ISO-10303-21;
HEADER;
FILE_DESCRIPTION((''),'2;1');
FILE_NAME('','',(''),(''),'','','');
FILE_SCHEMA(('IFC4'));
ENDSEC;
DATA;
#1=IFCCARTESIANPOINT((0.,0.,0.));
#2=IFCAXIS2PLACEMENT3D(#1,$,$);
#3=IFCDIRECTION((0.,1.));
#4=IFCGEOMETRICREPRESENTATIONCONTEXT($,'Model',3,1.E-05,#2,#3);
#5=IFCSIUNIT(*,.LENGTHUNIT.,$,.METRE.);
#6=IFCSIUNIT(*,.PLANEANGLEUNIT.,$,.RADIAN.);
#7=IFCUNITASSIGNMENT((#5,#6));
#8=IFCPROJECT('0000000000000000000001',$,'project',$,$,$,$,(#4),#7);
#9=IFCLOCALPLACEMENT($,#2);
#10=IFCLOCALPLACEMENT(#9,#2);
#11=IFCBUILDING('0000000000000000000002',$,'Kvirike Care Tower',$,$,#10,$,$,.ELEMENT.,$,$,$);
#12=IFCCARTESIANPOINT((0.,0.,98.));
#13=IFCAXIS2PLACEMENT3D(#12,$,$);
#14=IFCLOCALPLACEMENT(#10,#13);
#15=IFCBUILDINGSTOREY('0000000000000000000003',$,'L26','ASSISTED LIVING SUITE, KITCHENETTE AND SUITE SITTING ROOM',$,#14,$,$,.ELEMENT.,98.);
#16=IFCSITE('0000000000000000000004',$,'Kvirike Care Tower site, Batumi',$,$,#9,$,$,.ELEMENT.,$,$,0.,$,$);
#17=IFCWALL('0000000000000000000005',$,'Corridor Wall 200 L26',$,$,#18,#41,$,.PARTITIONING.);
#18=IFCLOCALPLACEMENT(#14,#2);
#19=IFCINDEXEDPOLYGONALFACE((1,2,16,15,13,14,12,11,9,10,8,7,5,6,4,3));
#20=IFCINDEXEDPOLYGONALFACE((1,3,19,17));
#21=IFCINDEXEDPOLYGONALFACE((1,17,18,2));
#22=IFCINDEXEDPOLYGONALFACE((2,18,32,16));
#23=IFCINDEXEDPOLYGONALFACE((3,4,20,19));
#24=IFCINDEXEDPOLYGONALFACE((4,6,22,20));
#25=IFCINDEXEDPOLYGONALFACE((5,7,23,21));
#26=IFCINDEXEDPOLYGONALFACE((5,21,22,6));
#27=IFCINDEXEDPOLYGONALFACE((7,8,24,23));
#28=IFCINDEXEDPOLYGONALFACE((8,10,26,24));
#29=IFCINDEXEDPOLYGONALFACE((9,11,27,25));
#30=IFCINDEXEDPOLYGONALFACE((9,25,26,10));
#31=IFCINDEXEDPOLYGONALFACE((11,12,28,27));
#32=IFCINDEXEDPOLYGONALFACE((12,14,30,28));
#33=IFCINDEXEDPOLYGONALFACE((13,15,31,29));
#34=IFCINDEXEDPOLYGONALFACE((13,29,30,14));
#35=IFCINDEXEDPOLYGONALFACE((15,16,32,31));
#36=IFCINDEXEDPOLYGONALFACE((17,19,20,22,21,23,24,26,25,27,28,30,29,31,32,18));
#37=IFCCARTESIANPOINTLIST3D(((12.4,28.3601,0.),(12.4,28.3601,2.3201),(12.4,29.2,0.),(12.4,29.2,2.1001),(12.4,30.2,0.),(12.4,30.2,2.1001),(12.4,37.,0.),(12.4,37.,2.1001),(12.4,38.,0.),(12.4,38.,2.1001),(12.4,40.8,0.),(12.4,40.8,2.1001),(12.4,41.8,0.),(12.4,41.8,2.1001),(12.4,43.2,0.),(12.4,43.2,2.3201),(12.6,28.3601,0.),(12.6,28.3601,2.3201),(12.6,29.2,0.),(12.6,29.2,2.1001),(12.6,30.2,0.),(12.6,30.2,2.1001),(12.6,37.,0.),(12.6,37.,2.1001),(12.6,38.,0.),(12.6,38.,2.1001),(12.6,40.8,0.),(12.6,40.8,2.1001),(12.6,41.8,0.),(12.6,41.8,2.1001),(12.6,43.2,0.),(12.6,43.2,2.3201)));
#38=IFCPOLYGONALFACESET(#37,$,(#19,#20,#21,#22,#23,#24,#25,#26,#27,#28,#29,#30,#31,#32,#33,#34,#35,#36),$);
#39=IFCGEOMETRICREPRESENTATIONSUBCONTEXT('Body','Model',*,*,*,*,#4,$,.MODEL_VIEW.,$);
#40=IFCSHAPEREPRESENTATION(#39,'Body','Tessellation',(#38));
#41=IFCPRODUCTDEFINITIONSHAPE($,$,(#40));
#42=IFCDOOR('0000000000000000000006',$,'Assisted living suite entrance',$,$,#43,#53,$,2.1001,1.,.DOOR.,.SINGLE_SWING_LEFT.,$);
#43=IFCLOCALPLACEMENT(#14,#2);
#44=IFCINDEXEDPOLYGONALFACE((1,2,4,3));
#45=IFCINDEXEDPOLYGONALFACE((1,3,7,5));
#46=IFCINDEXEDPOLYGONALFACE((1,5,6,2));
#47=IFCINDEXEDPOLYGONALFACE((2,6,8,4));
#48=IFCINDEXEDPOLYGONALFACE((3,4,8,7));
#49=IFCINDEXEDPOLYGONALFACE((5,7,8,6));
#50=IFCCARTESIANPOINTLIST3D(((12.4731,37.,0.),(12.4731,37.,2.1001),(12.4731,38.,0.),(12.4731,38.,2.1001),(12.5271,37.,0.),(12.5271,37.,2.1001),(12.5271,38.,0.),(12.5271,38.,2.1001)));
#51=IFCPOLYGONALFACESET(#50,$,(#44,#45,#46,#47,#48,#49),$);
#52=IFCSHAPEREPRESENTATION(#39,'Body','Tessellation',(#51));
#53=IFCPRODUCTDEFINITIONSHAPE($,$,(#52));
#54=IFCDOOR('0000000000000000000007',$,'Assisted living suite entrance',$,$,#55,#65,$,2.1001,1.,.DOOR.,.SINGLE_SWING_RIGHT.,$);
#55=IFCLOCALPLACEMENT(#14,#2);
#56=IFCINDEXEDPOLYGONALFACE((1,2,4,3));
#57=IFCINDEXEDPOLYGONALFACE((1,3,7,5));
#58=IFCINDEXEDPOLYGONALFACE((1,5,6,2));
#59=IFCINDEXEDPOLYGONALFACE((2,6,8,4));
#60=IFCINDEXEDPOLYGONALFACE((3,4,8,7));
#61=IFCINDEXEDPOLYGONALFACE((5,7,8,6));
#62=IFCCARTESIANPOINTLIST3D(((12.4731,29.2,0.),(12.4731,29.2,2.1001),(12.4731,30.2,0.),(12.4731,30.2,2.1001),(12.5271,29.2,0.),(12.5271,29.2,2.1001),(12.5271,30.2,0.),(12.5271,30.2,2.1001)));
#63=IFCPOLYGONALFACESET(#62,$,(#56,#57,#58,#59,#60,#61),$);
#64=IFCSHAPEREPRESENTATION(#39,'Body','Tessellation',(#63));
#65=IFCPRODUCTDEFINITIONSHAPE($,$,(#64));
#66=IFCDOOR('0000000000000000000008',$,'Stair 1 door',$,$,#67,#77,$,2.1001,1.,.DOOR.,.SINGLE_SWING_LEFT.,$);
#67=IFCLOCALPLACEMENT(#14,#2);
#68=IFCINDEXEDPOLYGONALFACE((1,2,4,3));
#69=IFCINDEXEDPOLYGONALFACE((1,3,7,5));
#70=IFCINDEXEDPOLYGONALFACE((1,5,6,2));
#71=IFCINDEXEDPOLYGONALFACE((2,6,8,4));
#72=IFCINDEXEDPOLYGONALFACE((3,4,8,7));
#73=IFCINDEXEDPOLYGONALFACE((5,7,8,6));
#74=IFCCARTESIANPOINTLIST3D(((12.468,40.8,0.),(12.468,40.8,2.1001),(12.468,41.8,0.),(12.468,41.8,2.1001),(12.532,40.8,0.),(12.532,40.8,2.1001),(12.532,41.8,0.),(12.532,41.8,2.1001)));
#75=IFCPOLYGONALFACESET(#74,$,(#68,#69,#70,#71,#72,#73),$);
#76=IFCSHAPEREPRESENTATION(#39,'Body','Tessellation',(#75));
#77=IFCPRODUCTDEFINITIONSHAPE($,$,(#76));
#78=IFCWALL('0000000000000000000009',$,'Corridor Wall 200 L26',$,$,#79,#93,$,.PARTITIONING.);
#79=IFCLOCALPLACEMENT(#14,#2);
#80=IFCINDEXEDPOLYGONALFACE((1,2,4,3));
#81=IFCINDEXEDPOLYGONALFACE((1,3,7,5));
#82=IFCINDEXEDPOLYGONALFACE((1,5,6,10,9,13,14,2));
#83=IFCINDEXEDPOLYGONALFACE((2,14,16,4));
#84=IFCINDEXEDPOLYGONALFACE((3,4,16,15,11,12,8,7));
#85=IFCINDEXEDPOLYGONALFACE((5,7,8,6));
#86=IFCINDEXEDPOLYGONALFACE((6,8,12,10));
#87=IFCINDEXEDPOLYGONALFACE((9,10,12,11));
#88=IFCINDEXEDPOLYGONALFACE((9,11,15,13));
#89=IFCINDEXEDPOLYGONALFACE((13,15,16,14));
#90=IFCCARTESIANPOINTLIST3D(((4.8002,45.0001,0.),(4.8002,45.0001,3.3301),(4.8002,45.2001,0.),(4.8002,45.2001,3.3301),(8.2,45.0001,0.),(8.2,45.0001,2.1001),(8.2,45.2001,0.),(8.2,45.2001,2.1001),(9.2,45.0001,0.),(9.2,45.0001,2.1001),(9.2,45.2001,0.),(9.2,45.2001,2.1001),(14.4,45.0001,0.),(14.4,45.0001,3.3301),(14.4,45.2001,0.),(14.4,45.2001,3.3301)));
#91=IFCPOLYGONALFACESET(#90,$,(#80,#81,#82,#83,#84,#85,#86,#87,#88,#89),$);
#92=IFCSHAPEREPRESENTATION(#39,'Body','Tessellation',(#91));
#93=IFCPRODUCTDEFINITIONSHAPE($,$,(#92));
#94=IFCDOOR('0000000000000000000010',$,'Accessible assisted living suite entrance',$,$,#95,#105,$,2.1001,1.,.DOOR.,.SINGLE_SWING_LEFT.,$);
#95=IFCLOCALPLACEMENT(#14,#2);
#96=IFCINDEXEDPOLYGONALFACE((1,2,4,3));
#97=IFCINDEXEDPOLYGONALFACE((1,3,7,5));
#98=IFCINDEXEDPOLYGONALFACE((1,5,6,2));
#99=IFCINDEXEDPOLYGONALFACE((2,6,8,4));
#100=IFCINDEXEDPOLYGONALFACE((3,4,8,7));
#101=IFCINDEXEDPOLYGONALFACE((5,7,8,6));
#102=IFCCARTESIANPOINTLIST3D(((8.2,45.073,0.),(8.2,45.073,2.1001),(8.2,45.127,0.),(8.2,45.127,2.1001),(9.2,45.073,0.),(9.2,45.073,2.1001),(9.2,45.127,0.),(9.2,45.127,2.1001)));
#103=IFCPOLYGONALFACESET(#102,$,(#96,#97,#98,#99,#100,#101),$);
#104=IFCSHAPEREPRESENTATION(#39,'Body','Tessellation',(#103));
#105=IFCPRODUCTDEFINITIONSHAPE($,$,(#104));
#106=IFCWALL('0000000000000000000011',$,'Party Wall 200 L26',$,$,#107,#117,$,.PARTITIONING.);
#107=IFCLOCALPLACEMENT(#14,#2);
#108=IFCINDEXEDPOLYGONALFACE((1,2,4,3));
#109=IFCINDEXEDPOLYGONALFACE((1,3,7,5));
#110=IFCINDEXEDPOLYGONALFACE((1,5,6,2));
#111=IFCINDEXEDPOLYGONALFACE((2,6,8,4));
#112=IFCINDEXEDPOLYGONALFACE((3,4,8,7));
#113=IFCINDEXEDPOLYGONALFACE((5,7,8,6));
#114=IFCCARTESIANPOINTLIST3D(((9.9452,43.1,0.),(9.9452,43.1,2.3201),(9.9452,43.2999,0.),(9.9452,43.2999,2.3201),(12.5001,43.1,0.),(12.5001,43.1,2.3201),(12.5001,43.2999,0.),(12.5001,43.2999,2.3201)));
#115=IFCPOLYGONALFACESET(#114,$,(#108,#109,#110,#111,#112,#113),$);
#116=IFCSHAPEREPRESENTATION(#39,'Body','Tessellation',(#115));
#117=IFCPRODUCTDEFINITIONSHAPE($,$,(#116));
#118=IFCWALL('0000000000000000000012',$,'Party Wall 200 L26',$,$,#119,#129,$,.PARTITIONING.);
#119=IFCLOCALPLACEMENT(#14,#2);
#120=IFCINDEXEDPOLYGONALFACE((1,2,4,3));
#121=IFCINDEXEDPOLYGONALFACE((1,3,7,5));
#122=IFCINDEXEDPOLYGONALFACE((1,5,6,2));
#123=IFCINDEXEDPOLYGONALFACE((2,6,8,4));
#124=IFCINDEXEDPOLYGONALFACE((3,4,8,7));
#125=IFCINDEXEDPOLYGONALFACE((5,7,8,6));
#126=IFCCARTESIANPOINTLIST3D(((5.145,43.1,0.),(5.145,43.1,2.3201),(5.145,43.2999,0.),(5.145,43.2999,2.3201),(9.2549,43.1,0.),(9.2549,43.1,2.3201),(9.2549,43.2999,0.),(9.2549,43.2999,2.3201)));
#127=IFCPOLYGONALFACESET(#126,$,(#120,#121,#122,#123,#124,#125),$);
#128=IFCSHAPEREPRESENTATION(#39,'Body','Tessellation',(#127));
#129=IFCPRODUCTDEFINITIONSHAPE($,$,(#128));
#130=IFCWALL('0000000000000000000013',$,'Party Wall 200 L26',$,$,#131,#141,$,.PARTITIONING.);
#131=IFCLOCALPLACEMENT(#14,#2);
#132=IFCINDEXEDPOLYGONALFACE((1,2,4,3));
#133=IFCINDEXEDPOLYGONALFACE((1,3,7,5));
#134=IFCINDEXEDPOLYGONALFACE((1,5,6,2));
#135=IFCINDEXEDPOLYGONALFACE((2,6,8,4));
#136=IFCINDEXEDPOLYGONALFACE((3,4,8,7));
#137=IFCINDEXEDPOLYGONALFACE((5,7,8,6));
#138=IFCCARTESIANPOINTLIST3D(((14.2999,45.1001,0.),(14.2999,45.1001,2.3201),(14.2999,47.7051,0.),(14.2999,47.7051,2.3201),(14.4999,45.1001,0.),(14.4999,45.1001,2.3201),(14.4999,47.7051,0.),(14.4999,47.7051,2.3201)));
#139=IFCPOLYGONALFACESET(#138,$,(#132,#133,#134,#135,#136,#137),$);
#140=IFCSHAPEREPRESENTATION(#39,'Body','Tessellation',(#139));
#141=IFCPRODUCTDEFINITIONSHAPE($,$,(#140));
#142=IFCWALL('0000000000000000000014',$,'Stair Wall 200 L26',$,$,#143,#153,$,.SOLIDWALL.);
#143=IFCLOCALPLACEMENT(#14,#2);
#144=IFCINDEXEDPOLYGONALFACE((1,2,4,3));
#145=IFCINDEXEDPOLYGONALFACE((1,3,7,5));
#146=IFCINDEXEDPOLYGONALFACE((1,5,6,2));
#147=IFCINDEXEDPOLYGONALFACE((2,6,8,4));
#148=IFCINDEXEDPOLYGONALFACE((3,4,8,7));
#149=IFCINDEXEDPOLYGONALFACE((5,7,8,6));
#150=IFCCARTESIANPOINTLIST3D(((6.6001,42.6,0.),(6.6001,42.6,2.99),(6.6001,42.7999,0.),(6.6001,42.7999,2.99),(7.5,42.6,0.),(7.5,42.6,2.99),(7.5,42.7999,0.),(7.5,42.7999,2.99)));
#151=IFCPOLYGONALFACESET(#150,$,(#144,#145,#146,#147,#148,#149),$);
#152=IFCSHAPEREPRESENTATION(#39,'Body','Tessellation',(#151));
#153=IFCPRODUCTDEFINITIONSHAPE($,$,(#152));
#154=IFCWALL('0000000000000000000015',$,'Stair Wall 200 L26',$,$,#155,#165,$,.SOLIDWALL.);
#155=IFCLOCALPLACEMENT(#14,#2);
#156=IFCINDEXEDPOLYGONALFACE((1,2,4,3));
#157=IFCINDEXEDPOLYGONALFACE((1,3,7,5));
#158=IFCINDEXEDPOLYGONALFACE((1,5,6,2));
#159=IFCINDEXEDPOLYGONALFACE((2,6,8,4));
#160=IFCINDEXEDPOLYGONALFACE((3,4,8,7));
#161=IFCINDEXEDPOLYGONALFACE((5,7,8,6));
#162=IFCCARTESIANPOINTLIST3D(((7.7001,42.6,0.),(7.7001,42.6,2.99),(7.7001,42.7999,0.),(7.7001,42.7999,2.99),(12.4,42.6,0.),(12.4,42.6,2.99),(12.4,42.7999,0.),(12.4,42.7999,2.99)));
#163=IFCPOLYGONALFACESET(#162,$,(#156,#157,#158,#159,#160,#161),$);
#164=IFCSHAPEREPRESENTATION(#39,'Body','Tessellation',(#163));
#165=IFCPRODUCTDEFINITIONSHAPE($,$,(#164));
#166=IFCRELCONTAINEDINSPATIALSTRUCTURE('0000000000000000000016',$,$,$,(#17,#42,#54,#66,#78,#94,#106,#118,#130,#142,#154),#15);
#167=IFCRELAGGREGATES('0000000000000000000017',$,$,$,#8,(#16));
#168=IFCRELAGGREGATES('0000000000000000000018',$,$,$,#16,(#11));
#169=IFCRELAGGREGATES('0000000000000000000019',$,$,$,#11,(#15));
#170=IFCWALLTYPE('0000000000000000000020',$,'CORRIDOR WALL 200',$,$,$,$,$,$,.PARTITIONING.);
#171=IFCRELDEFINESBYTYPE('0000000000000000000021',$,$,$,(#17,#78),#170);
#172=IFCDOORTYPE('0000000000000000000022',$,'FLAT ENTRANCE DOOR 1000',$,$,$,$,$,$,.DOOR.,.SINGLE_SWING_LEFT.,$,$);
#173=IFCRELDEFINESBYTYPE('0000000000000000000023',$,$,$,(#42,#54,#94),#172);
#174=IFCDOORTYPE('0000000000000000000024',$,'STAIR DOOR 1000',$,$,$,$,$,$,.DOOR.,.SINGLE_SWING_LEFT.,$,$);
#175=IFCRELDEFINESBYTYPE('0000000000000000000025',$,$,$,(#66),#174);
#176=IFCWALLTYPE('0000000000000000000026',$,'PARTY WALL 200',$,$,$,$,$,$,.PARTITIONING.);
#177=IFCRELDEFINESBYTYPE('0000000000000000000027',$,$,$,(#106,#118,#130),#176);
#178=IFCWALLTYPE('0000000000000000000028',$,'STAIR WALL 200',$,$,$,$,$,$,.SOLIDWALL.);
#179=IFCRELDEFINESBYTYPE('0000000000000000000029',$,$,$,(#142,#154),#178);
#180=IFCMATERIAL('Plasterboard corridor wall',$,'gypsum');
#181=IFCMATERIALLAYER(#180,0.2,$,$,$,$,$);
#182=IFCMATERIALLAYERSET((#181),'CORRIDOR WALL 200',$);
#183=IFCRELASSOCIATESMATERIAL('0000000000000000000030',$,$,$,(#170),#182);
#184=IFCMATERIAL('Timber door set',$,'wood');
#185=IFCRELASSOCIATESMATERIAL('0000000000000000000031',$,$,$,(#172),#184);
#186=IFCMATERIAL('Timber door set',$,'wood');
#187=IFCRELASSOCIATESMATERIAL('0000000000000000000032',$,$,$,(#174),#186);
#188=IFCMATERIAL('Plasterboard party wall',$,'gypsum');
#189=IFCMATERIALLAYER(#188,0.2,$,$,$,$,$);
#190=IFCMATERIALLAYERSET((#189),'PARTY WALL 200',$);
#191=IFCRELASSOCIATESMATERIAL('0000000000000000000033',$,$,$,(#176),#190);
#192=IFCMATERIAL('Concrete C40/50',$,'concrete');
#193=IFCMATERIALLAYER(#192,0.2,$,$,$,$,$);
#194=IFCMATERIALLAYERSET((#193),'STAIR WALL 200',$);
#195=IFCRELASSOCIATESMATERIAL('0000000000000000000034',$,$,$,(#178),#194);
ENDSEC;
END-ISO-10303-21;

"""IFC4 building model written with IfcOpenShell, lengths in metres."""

from ifc_helpers import new_model, si_unit, direction, frame, frame_2d, origin, place, context, subcontext, project, spatial, rectangle, extrude, material, layer, layer_set, type_object, element, fill, save


model = new_model("IFC4")

# Units and contexts
model_context = context("Model", 3, precision=1e-05, world=origin(), true_north=direction((0.0, 1.0)))
body_context = subcontext(model_context, "Body", "Model", "MODEL_VIEW")
ifc_project = project(units=[si_unit("LENGTHUNIT", "METRE"), si_unit("PLANEANGLEUNIT", "RADIAN")], contexts=[model_context])

# Site, building, storey
site_placement = place(None, origin())
site = spatial("IfcSite", under=ifc_project, at=site_placement, Name="Kvirike Care Tower site, Batumi", CompositionType="ELEMENT", RefElevation=0.0)
building_placement = place(site_placement, origin())
building = spatial("IfcBuilding", under=site, at=building_placement, Name="Kvirike Care Tower", CompositionType="ELEMENT")
storey_placement = place(building_placement, frame((0.0, 0.0, 98.0)))
storey = spatial("IfcBuildingStorey", under=building, at=storey_placement, Name="L26", Description="ASSISTED LIVING SUITE, KITCHENETTE AND SUITE SITTING ROOM", CompositionType="ELEMENT", Elevation=98.0)

# Wall, openings, doors
ifc_material_1 = material(Name="Plasterboard corridor wall", Category="gypsum")
ifc_layer_1 = layer(ifc_material_1, 0.2)
ifc_layer_set_1 = layer_set([ifc_layer_1], Name="CORRIDOR WALL 200")
wall_type_1 = type_object("IfcWallType", Name="CORRIDOR WALL 200", PredefinedType="PARTITIONING", material=ifc_layer_set_1)
wall_1_placement = place(storey_placement, frame((12.5, 43.2, 0.0), z_axis=(0.0, 0.0, 1.0), x_axis=(0.0, -1.0, 0.0)))
wall_1 = element("IfcWall", 1, at=wall_1_placement, inside=storey, type_object=wall_type_1, Name="Corridor Wall 200 L26", PredefinedType="PARTITIONING", context=body_context, shape_type="SweptSolid", body=[
    extrude(rectangle(XDim=14.8398, YDim=0.2, at=frame_2d((7.4199, 0.0))), origin(), (0.0, 0.0, 1.0), 2.3201),
])
opening_1_placement = place(wall_1_placement, frame((1.3999, 0.0, 0.0)))
opening_1 = element("IfcOpeningElement", 2, at=opening_1_placement, cuts=wall_1, PredefinedType="OPENING", context=body_context, shape_type="SweptSolid", body=[
    extrude(rectangle(XDim=1.0, YDim=2.1001, at=frame_2d((0.5, 1.05))), frame((0.0, 0.1106, 0.0), z_axis=(0.0, -1.0, 0.0), x_axis=(1.0, 0.0, 0.0)), (0.0, 0.0, 1.0), 0.2209),
])
opening_2_placement = place(wall_1_placement, frame((5.2, 0.0, 0.0)))
opening_2 = element("IfcOpeningElement", 3, at=opening_2_placement, cuts=wall_1, PredefinedType="OPENING", context=body_context, shape_type="SweptSolid", body=[
    extrude(rectangle(XDim=1.0, YDim=2.1001, at=frame_2d((0.5, 1.05))), frame((0.0, 0.1106, 0.0), z_axis=(0.0, -1.0, 0.0), x_axis=(1.0, 0.0, 0.0)), (0.0, 0.0, 1.0), 0.2209),
])
opening_3_placement = place(wall_1_placement, frame((13.0, 0.0, 0.0)))
opening_3 = element("IfcOpeningElement", 4, at=opening_3_placement, cuts=wall_1, PredefinedType="OPENING", context=body_context, shape_type="SweptSolid", body=[
    extrude(rectangle(XDim=1.0, YDim=2.1001, at=frame_2d((0.5, 1.05))), frame((0.0, 0.1106, 0.0), z_axis=(0.0, -1.0, 0.0), x_axis=(1.0, 0.0, 0.0)), (0.0, 0.0, 1.0), 0.2209),
])
ifc_material_2 = material(Name="Timber door set", Category="wood")
door_type_1 = type_object("IfcDoorType", Name="FLAT ENTRANCE DOOR 1000", OperationType="SINGLE_SWING_LEFT", PredefinedType="DOOR", material=ifc_material_2)
door_1_placement = place(opening_2_placement, frame((1.0, 0.0, 0.0), z_axis=(0.0, 0.0, 1.0), x_axis=(-1.0, 0.0, 0.0)))
door_1 = element("IfcDoor", 5, at=door_1_placement, inside=storey, type_object=door_type_1, Name="Assisted living suite entrance", OperationType="SINGLE_SWING_LEFT", OverallHeight=2.1001, OverallWidth=1.0, PredefinedType="DOOR", context=body_context, shape_type="SweptSolid", body=[
    extrude(rectangle(XDim=1.0, YDim=2.1001, at=frame_2d((0.5, 1.05))), frame((0.0, 0.0269, 0.0), z_axis=(0.0, -1.0, 0.0), x_axis=(1.0, 0.0, 0.0)), (0.0, 0.0, 1.0), 0.054),
])
fill(opening_2, door_1)
door_2_placement = place(opening_3_placement, frame((1.0, 0.0, 0.0), z_axis=(0.0, 0.0, 1.0), x_axis=(-1.0, 0.0, 0.0)))
door_2 = element("IfcDoor", 6, at=door_2_placement, inside=storey, type_object=door_type_1, Name="Assisted living suite entrance", OperationType="SINGLE_SWING_RIGHT", OverallHeight=2.1001, OverallWidth=1.0, PredefinedType="DOOR", context=body_context, shape_type="SweptSolid", body=[
    extrude(rectangle(XDim=1.0, YDim=2.1001, at=frame_2d((0.5, 1.05))), frame((0.0, 0.0269, 0.0), z_axis=(0.0, -1.0, 0.0), x_axis=(1.0, 0.0, 0.0)), (0.0, 0.0, 1.0), 0.054),
])
fill(opening_3, door_2)
ifc_material_3 = material(Name="Timber door set", Category="wood")
door_type_2 = type_object("IfcDoorType", Name="STAIR DOOR 1000", OperationType="SINGLE_SWING_LEFT", PredefinedType="DOOR", material=ifc_material_3)
door_3_placement = place(opening_1_placement, frame((1.0, 0.0, 0.0), z_axis=(0.0, 0.0, 1.0), x_axis=(-1.0, 0.0, 0.0)))
door_3 = element("IfcDoor", 7, at=door_3_placement, inside=storey, type_object=door_type_2, Name="Stair 1 door", OperationType="SINGLE_SWING_LEFT", OverallHeight=2.1001, OverallWidth=1.0, PredefinedType="DOOR", context=body_context, shape_type="SweptSolid", body=[
    extrude(rectangle(XDim=1.0, YDim=2.1001, at=frame_2d((0.5, 1.05))), frame((0.0, 0.032, 0.0), z_axis=(0.0, -1.0, 0.0), x_axis=(1.0, 0.0, 0.0)), (0.0, 0.0, 1.0), 0.064),
])
fill(opening_1, door_3)

# Wall, opening, door
wall_2_placement = place(storey_placement, frame((14.3999, 45.1001, 0.0), z_axis=(0.0, 0.0, 1.0), x_axis=(-1.0, 0.0, 0.0)))
wall_2 = element("IfcWall", 8, at=wall_2_placement, inside=storey, type_object=wall_type_1, Name="Corridor Wall 200 L26", PredefinedType="PARTITIONING", context=body_context, shape_type="SweptSolid", body=[
    extrude(rectangle(XDim=9.5999, YDim=0.2, at=frame_2d((4.7998, 0.0))), origin(), (0.0, 0.0, 1.0), 3.3301),
])
opening_4_placement = place(wall_2_placement, frame((5.2, 0.0, 0.0)))
opening_4 = element("IfcOpeningElement", 9, at=opening_4_placement, cuts=wall_2, PredefinedType="OPENING", context=body_context, shape_type="SweptSolid", body=[
    extrude(rectangle(XDim=1.0, YDim=2.1001, at=frame_2d((0.5, 1.05))), frame((0.0, 0.1106, 0.0), z_axis=(0.0, -1.0, 0.0), x_axis=(1.0, 0.0, 0.0)), (0.0, 0.0, 1.0), 0.2209),
])
door_4_placement = place(opening_4_placement, frame((1.0, 0.0, 0.0), z_axis=(0.0, 0.0, 1.0), x_axis=(-1.0, 0.0, 0.0)))
door_4 = element("IfcDoor", 10, at=door_4_placement, inside=storey, type_object=door_type_1, Name="Accessible assisted living suite entrance", OperationType="SINGLE_SWING_LEFT", OverallHeight=2.1001, OverallWidth=1.0, PredefinedType="DOOR", context=body_context, shape_type="SweptSolid", body=[
    extrude(rectangle(XDim=1.0, YDim=2.1001, at=frame_2d((0.5, 1.05))), frame((0.0, 0.0269, 0.0), z_axis=(0.0, -1.0, 0.0), x_axis=(1.0, 0.0, 0.0)), (0.0, 0.0, 1.0), 0.054),
])
fill(opening_4, door_4)

# Walls
ifc_material_4 = material(Name="Plasterboard party wall", Category="gypsum")
ifc_layer_2 = layer(ifc_material_4, 0.2)
ifc_layer_set_2 = layer_set([ifc_layer_2], Name="PARTY WALL 200")
wall_type_2 = type_object("IfcWallType", Name="PARTY WALL 200", PredefinedType="PARTITIONING", material=ifc_layer_set_2)
wall_3_placement = place(storey_placement, frame((12.5, 43.2, 0.0), z_axis=(0.0, 0.0, 1.0), x_axis=(-1.0, 0.0, 0.0)))
element("IfcWall", 11, at=wall_3_placement, inside=storey, type_object=wall_type_2, Name="Party Wall 200 L26", PredefinedType="PARTITIONING", context=body_context, shape_type="SweptSolid", body=[
    extrude(rectangle(XDim=2.5549, YDim=0.2, at=frame_2d((1.2773, 0.0))), origin(), (0.0, 0.0, 1.0), 2.3201),
])
wall_4_placement = place(storey_placement, frame((9.2549, 43.2, 0.0), z_axis=(0.0, 0.0, 1.0), x_axis=(-1.0, 0.0, 0.0)))
element("IfcWall", 12, at=wall_4_placement, inside=storey, type_object=wall_type_2, Name="Party Wall 200 L26", PredefinedType="PARTITIONING", context=body_context, shape_type="SweptSolid", body=[
    extrude(rectangle(XDim=4.1099, YDim=0.2, at=frame_2d((2.0549, 0.0))), origin(), (0.0, 0.0, 1.0), 2.3201),
])
wall_5_placement = place(storey_placement, frame((14.3999, 45.1001, 0.0), z_axis=(0.0, 0.0, 1.0), x_axis=(0.0, 1.0, 0.0)))
element("IfcWall", 13, at=wall_5_placement, inside=storey, type_object=wall_type_2, Name="Party Wall 200 L26", PredefinedType="PARTITIONING", context=body_context, shape_type="SweptSolid", body=[
    extrude(rectangle(XDim=2.605, YDim=0.2, at=frame_2d((1.3025, 0.0))), origin(), (0.0, 0.0, 1.0), 2.3201),
])
ifc_material_5 = material(Name="Concrete C40/50", Category="concrete")
ifc_layer_3 = layer(ifc_material_5, 0.2)
ifc_layer_set_3 = layer_set([ifc_layer_3], Name="STAIR WALL 200")
wall_type_3 = type_object("IfcWallType", Name="STAIR WALL 200", PredefinedType="SOLIDWALL", material=ifc_layer_set_3)
wall_6_placement = place(storey_placement, frame((6.6001, 42.7, 0.0), z_axis=(0.0, 0.0, 1.0), x_axis=(1.0, 0.0, 0.0)))
element("IfcWall", 14, at=wall_6_placement, inside=storey, type_object=wall_type_3, Name="Stair Wall 200 L26", PredefinedType="SOLIDWALL", context=body_context, shape_type="SweptSolid", body=[
    extrude(rectangle(XDim=0.8999, YDim=0.2, at=frame_2d((0.45, 0.0))), origin(), (0.0, 0.0, 1.0), 2.99),
])
wall_7_placement = place(storey_placement, frame((7.7, 42.7, 0.0), z_axis=(0.0, 0.0, 1.0), x_axis=(1.0, 0.0, 0.0)))
element("IfcWall", 15, at=wall_7_placement, inside=storey, type_object=wall_type_3, Name="Stair Wall 200 L26", PredefinedType="SOLIDWALL", context=body_context, shape_type="SweptSolid", body=[
    extrude(rectangle(XDim=4.7, YDim=0.2, at=frame_2d((2.3501, 0.0))), origin(), (0.0, 0.0, 1.0), 2.99),
])

save(model, "model.ifc")
